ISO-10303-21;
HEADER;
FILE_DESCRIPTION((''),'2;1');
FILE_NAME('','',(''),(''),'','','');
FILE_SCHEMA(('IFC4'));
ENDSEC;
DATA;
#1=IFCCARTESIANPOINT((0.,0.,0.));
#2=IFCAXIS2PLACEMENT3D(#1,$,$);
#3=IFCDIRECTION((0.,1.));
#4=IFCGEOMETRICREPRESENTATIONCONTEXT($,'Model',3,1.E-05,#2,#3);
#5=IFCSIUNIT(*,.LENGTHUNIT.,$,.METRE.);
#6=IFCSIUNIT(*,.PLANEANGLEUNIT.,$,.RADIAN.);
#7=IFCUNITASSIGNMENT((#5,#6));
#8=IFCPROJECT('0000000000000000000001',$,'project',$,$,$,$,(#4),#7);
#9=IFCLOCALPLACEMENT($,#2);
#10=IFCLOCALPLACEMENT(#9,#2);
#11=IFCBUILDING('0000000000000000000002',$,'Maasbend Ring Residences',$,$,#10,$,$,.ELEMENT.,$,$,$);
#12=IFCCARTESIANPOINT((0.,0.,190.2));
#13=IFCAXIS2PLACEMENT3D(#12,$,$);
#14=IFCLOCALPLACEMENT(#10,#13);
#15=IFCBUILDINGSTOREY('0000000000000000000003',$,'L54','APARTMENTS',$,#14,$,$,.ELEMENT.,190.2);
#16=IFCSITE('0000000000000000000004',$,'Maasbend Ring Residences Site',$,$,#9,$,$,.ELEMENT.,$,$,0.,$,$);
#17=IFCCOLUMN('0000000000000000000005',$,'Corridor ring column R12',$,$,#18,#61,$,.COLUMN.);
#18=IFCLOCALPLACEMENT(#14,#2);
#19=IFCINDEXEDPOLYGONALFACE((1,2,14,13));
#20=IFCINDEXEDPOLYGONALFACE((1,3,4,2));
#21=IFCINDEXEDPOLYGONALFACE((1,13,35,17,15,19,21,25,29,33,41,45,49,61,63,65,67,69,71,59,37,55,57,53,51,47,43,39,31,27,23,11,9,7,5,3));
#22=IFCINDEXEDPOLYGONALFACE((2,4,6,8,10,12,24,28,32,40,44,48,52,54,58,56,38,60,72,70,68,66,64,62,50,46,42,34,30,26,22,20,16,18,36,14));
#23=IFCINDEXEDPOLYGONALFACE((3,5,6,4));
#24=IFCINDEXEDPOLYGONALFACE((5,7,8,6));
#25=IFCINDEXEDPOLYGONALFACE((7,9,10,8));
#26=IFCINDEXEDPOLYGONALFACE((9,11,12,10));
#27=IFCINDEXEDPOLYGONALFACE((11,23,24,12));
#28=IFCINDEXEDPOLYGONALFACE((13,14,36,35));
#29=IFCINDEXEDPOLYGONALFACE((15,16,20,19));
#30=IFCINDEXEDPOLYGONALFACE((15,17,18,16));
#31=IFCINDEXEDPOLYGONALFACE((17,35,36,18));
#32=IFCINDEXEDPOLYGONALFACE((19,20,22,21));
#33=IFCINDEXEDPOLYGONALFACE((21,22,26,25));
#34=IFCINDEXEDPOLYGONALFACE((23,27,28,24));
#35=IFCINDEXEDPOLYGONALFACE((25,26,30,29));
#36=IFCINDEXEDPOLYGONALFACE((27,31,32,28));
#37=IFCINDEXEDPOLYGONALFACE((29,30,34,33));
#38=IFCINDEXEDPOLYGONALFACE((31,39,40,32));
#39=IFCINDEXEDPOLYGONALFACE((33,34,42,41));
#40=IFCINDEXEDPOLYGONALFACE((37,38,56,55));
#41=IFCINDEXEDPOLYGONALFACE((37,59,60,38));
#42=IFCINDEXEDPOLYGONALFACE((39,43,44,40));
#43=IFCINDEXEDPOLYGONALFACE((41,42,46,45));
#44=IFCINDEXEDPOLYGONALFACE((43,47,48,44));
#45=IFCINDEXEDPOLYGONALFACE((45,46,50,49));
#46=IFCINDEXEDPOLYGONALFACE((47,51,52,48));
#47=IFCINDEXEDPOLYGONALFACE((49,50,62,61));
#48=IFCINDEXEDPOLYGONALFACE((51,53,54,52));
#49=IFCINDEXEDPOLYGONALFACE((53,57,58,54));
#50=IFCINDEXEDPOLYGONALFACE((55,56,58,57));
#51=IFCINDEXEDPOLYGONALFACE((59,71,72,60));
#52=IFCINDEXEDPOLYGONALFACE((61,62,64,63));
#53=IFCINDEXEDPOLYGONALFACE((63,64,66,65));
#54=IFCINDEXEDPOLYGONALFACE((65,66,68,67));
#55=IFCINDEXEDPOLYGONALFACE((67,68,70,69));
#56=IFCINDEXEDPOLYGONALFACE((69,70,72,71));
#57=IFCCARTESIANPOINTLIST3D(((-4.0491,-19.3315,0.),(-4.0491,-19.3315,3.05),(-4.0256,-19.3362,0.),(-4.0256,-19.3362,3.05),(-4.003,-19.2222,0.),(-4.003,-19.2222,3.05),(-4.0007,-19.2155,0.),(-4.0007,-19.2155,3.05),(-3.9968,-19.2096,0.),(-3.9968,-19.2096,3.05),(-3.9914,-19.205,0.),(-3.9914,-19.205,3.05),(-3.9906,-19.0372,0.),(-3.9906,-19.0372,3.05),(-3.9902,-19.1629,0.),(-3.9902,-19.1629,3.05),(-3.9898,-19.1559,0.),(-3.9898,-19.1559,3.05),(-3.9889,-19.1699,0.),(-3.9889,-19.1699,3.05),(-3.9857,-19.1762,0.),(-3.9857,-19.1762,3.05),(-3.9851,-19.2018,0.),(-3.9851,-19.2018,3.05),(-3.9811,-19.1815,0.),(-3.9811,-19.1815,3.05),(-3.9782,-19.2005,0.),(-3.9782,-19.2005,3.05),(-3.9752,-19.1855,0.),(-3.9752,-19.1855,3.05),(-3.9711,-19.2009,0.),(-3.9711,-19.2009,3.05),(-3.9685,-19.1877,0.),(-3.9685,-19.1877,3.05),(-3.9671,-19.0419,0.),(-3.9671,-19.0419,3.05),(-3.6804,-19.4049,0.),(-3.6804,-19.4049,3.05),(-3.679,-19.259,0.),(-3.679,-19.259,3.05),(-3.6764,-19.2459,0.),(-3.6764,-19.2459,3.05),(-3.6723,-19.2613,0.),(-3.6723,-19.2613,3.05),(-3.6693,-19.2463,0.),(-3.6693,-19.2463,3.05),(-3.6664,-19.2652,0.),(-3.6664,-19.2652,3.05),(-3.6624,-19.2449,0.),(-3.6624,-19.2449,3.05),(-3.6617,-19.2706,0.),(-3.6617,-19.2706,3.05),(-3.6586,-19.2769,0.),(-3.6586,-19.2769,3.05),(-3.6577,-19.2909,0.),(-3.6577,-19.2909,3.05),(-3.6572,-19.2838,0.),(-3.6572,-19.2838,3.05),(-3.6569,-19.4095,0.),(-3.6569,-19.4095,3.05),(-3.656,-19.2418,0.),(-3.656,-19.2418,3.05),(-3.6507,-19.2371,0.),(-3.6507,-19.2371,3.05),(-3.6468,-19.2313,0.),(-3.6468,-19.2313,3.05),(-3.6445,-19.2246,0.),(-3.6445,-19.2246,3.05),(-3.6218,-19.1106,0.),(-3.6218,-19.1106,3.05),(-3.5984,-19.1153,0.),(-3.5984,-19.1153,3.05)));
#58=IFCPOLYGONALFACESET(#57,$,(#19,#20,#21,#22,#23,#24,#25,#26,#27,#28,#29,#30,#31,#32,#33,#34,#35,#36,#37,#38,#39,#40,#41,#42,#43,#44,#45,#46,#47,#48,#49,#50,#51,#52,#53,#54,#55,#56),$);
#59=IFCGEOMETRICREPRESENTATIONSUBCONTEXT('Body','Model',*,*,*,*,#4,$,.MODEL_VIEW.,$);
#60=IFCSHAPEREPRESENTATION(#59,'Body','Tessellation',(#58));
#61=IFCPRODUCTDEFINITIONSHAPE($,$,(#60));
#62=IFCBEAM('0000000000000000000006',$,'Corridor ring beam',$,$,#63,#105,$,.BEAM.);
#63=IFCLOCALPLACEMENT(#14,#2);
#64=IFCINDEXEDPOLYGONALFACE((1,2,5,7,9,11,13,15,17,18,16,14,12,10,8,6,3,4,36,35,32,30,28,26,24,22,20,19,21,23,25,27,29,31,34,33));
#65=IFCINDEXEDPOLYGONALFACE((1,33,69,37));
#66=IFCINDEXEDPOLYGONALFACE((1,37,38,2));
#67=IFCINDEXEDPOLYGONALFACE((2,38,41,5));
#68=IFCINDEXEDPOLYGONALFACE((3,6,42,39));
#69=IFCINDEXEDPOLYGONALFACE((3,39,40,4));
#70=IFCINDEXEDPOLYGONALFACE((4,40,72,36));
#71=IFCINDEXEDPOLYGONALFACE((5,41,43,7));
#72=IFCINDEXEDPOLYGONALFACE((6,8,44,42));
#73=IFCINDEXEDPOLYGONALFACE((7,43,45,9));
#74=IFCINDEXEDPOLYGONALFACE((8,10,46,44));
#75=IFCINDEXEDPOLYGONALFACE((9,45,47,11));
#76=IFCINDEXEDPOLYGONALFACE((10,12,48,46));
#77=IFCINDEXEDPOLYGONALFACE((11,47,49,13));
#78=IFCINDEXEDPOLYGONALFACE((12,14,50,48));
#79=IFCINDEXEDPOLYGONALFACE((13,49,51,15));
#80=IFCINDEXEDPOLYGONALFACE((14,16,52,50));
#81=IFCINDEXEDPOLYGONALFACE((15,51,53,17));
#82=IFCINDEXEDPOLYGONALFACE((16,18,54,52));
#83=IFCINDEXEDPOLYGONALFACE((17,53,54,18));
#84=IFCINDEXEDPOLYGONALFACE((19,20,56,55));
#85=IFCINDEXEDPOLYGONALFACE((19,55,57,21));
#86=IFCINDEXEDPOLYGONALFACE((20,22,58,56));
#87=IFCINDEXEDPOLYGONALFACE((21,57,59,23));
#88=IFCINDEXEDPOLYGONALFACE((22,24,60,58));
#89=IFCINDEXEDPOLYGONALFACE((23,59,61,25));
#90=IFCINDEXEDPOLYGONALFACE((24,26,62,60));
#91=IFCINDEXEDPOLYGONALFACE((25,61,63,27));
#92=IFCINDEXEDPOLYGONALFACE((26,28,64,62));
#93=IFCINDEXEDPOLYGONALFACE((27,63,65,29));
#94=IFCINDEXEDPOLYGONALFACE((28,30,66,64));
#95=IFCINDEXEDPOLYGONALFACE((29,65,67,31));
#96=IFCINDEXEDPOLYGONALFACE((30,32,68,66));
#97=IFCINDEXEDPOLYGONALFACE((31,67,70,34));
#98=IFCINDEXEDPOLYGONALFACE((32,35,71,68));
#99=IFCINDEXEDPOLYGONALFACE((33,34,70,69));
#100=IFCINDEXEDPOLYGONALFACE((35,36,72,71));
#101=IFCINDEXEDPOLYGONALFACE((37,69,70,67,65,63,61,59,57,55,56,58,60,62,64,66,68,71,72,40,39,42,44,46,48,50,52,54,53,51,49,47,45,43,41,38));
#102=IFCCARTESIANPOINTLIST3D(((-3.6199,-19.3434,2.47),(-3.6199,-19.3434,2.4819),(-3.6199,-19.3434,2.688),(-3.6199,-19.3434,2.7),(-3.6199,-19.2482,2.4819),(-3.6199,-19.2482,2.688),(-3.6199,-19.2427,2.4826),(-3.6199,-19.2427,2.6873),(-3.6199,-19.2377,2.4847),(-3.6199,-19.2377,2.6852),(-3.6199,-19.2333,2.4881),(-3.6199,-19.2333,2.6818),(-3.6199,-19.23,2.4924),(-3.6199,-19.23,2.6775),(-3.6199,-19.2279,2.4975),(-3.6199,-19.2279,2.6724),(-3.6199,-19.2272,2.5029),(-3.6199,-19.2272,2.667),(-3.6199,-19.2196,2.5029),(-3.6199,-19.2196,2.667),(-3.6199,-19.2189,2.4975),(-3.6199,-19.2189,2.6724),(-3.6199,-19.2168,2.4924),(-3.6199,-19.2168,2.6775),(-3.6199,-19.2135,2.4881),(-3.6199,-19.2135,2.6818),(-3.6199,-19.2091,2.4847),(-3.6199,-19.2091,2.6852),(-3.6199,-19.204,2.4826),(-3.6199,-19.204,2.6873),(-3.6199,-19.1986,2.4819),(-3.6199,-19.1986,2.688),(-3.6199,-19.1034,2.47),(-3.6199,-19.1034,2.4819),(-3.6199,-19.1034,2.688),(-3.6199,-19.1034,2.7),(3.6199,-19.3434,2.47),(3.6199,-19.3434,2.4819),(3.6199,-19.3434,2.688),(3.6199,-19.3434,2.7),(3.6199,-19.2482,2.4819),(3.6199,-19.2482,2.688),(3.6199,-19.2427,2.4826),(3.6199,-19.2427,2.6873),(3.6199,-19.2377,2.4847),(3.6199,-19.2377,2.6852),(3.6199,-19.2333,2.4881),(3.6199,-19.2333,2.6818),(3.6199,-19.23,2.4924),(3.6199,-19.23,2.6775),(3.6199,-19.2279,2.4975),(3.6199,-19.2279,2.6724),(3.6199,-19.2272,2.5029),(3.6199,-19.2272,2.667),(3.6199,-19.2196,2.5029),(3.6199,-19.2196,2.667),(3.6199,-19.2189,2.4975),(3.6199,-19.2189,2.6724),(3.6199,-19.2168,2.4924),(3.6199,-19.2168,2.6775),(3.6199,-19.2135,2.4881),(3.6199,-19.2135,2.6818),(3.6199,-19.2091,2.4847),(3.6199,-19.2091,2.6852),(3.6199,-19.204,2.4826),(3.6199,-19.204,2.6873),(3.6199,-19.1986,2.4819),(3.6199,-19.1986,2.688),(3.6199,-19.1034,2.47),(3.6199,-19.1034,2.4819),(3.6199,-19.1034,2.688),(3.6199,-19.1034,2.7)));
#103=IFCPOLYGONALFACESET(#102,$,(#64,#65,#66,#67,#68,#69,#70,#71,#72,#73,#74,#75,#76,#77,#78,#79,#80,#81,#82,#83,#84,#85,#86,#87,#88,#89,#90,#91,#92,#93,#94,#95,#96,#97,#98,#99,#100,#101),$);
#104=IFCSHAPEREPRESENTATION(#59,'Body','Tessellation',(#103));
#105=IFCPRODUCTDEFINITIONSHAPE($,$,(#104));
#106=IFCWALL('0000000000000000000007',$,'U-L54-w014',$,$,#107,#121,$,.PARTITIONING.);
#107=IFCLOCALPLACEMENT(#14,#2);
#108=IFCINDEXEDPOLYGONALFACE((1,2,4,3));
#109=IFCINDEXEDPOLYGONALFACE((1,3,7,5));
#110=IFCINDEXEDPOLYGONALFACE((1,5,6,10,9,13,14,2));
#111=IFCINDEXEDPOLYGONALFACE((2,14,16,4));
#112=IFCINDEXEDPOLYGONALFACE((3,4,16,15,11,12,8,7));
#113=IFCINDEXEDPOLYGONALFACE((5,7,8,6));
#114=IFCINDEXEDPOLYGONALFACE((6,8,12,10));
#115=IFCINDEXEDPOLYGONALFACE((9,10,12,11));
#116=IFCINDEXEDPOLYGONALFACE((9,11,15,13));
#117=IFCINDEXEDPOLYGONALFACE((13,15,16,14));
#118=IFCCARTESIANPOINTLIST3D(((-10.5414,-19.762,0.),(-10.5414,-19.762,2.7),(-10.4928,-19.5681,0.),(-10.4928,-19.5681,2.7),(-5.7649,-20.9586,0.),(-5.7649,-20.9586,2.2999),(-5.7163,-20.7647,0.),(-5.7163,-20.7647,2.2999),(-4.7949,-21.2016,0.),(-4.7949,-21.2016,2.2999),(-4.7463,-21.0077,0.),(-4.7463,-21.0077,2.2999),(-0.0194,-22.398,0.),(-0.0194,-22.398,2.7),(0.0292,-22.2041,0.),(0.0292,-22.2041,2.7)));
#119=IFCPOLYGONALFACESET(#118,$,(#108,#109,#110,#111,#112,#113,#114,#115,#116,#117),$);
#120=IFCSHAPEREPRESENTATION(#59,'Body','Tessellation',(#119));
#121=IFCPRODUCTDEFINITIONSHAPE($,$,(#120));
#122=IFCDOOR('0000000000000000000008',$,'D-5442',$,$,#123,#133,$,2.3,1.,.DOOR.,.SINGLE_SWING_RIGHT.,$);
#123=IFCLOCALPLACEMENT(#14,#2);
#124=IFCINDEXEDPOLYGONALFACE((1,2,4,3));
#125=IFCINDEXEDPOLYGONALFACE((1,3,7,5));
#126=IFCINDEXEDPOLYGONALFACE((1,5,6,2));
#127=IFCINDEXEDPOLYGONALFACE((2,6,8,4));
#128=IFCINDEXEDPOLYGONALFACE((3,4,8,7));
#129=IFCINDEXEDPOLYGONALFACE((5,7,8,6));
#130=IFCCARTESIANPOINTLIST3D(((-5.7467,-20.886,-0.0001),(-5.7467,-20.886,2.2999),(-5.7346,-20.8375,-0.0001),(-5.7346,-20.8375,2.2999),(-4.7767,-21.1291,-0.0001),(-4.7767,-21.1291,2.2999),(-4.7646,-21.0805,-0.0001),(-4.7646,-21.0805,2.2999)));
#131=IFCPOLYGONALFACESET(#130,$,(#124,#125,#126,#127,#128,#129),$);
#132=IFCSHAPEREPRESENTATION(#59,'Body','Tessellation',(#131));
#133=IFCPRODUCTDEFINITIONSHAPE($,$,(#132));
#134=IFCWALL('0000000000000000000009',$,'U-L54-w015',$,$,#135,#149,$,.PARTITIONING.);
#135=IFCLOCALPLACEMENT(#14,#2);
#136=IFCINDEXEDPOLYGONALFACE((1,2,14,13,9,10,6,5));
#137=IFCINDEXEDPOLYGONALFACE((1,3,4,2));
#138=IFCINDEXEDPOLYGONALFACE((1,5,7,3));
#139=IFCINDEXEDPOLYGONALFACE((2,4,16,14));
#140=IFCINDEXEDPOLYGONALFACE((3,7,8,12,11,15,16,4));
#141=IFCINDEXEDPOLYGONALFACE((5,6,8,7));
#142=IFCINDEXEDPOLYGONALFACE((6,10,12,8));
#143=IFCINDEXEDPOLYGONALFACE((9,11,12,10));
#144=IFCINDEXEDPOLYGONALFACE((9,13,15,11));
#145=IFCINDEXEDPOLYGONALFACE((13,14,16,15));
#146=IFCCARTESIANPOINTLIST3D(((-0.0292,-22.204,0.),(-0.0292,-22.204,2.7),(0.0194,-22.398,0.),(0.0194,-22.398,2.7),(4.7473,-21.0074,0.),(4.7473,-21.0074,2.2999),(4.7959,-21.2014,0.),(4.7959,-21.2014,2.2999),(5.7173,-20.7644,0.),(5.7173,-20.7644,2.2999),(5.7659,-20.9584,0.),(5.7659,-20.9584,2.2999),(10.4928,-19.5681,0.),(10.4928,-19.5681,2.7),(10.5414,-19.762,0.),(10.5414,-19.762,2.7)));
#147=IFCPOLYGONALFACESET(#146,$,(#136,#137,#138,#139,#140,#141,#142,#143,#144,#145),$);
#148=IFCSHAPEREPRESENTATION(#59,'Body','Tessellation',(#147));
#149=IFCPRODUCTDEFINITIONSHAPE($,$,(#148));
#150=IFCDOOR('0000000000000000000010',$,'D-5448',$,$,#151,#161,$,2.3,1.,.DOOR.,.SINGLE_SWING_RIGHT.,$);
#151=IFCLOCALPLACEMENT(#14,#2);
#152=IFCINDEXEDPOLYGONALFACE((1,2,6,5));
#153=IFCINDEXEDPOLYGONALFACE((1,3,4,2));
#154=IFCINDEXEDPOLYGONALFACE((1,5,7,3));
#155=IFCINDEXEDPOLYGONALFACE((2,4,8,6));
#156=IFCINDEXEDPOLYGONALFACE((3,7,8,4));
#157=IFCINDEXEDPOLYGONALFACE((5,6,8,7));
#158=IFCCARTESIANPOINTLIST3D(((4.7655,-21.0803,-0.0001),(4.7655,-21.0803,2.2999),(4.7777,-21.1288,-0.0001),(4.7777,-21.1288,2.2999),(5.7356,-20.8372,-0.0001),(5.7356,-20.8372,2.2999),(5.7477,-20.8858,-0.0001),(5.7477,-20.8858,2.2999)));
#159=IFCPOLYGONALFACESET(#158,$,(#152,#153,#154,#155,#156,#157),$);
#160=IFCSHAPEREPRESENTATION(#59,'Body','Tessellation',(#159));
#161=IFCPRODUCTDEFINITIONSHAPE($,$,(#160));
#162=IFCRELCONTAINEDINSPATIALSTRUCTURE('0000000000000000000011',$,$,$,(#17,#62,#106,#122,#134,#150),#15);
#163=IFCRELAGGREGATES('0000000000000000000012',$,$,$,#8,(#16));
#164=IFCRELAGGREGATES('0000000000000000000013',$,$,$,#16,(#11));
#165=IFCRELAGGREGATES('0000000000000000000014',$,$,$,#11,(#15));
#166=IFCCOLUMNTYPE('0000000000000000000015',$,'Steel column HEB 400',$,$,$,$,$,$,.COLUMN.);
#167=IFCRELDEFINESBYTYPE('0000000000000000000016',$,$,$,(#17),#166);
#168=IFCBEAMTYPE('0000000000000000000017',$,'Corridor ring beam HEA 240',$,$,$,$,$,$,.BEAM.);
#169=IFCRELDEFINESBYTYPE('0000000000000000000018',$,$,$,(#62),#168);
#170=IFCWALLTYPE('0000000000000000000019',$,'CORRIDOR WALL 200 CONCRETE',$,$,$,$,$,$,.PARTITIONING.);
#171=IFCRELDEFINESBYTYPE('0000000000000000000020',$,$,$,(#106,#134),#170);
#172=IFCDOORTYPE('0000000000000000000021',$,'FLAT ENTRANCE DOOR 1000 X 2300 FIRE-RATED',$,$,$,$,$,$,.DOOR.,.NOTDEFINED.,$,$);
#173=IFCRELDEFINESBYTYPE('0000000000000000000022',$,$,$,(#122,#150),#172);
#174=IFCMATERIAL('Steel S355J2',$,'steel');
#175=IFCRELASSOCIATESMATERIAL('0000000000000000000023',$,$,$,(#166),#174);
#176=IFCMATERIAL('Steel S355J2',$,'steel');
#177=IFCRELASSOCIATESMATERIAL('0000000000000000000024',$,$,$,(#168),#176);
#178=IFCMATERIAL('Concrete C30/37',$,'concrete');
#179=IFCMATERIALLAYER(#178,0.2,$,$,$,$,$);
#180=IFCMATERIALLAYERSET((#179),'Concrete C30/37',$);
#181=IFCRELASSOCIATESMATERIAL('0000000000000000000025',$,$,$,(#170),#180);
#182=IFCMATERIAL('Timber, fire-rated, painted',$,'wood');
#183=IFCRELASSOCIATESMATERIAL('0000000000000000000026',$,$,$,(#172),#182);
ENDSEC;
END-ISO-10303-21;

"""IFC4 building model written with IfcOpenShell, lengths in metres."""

from ifc_helpers import new_model, si_unit, direction, frame, frame_2d, origin, origin_2d, place, context, subcontext, project, spatial, rectangle, i_section, extrude, material, layer, layer_set, material_profile, profile_set, type_object, element, fill, save


model = new_model("IFC4")

# Units and contexts
model_context = context("Model", 3, precision=1e-05, world=origin(), true_north=direction((0.0, 1.0)))
body_context = subcontext(model_context, "Body", "Model", "MODEL_VIEW")
ifc_project = project(units=[si_unit("LENGTHUNIT", "METRE"), si_unit("PLANEANGLEUNIT", "RADIAN")], contexts=[model_context])

# Site, building, storey
site_placement = place(None, origin())
site = spatial("IfcSite", under=ifc_project, at=site_placement, Name="Maasbend Ring Residences Site", CompositionType="ELEMENT", RefElevation=0.0)
building_placement = place(site_placement, origin())
building = spatial("IfcBuilding", under=site, at=building_placement, Name="Maasbend Ring Residences", CompositionType="ELEMENT")
storey_placement = place(building_placement, frame((0.0, 0.0, 190.2)))
storey = spatial("IfcBuildingStorey", under=building, at=storey_placement, Name="L54", Description="APARTMENTS", CompositionType="ELEMENT", Elevation=190.2)

# Column
ifc_material_1 = material(Name="Steel S355J2", Category="steel")
ifc_material_profile_1 = material_profile(ifc_material_1, i_section(OverallWidth=0.3, OverallDepth=0.3999, WebThickness=0.0134, FlangeThickness=0.0239, FilletRadius=0.0271, at=origin_2d()), Name="HEB 400")
ifc_profile_set_1 = profile_set([ifc_material_profile_1], Name="Steel S355J2")
column_type = type_object("IfcColumnType", Name="Steel column HEB 400", PredefinedType="COLUMN", material=ifc_profile_set_1)
column_placement = place(storey_placement, frame((-3.8237, -19.2234, 0.0), z_axis=(0.0, 0.0, 1.0), x_axis=(-0.19509, -0.980785, 0.0)))
element("IfcColumn", 1, at=column_placement, inside=storey, type_object=column_type, Name="Corridor ring column R12", PredefinedType="COLUMN", context=body_context, shape_type="SweptSolid", body=[
    extrude(i_section(OverallWidth=0.3, OverallDepth=0.3999, WebThickness=0.0134, FlangeThickness=0.0239, FilletRadius=0.0271, at=origin_2d()), origin(), (0.0, 0.0, 1.0), 3.05),
])

# Beam
ifc_material_2 = material(Name="Steel S355J2", Category="steel")
ifc_material_profile_2 = material_profile(ifc_material_2, i_section(OverallWidth=0.24, OverallDepth=0.23, WebThickness=0.0076, FlangeThickness=0.012, FilletRadius=0.021, at=origin_2d()), Name="HEA 240")
ifc_profile_set_2 = profile_set([ifc_material_profile_2], Name="Steel S355J2")
beam_type = type_object("IfcBeamType", Name="Corridor ring beam HEA 240", PredefinedType="BEAM", material=ifc_profile_set_2)
beam_placement = place(storey_placement, frame((-3.6199, -19.2234, 2.585), z_axis=(1.0, 0.0, 0.0), x_axis=(0.0, 1.0, 0.0)))
element("IfcBeam", 2, at=beam_placement, inside=storey, type_object=beam_type, Name="Corridor ring beam", PredefinedType="BEAM", context=body_context, shape_type="SweptSolid", body=[
    extrude(i_section(OverallWidth=0.24, OverallDepth=0.23, WebThickness=0.0076, FlangeThickness=0.012, FilletRadius=0.021, at=origin_2d()), origin(), (0.0, 0.0, 1.0), 7.2397),
])

# Walls, openings, doors
ifc_material_3 = material(Name="Concrete C30/37", Category="concrete")
ifc_layer_1 = layer(ifc_material_3, 0.2)
ifc_layer_set_1 = layer_set([ifc_layer_1], Name="Concrete C30/37")
wall_type_1 = type_object("IfcWallType", Name="CORRIDOR WALL 200 CONCRETE", PredefinedType="PARTITIONING", material=ifc_layer_set_1)
wall_1_placement = place(storey_placement, frame((-10.5171, -19.665, 0.0), z_axis=(0.0, 0.0, 1.0), x_axis=(0.970023, -0.243012, 0.0)))
wall_1 = element("IfcWall", 3, at=wall_1_placement, inside=storey, type_object=wall_type_1, Name="U-L54-w014", PredefinedType="PARTITIONING", context=body_context, shape_type="SweptSolid", body=[
    extrude(rectangle(XDim=10.8472, YDim=0.2, at=frame_2d((5.4236, 0.0))), origin(), (0.0, 0.0, 1.0), 2.7),
])
opening_1_placement = place(wall_1_placement, frame((4.9241, 0.0, 0.0)))
opening_1 = element("IfcOpeningElement", 4, at=opening_1_placement, cuts=wall_1, PredefinedType="OPENING", context=body_context, shape_type="SweptSolid", body=[
    extrude(rectangle(XDim=1.0, YDim=2.3, at=frame_2d((0.5, 1.1499))), frame((0.0, 0.1099, 0.0), z_axis=(0.0, -1.0, 0.0), x_axis=(1.0, 0.0, 0.0)), (0.0, 0.0, 1.0), 0.22),
])
ifc_material_4 = material(Name="Timber, fire-rated, painted", Category="wood")
door_type_1 = type_object("IfcDoorType", Name="FLAT ENTRANCE DOOR 1000 X 2300 FIRE-RATED", OperationType="NOTDEFINED", PredefinedType="DOOR", material=ifc_material_4)
door_1_placement = place(opening_1_placement, origin())
door_1 = element("IfcDoor", 5, at=door_1_placement, inside=storey, type_object=door_type_1, Name="D-5442", OperationType="SINGLE_SWING_RIGHT", OverallHeight=2.3, OverallWidth=1.0, PredefinedType="DOOR", context=body_context, shape_type="SweptSolid", body=[
    extrude(rectangle(XDim=1.0, YDim=2.3, at=frame_2d((0.5, 1.1499))), frame((0.0, 0.0249, 0.0), z_axis=(0.0, -1.0, 0.0), x_axis=(1.0, 0.0, 0.0)), (0.0, 0.0, 1.0), 0.05),
])
fill(opening_1, door_1)
wall_2_placement = place(storey_placement, frame((-0.0049, -22.301, 0.0), z_axis=(0.0, 0.0, 1.0), x_axis=(0.970023, 0.243012, 0.0)))
wall_2 = element("IfcWall", 6, at=wall_2_placement, inside=storey, type_object=wall_type_1, Name="U-L54-w015", PredefinedType="PARTITIONING", context=body_context, shape_type="SweptSolid", body=[
    extrude(rectangle(XDim=10.8472, YDim=0.2, at=frame_2d((5.4236, 0.0))), origin(), (0.0, 0.0, 1.0), 2.7),
])
opening_2_placement = place(wall_2_placement, frame((4.9241, 0.0, 0.0)))
opening_2 = element("IfcOpeningElement", 7, at=opening_2_placement, cuts=wall_2, PredefinedType="OPENING", context=body_context, shape_type="SweptSolid", body=[
    extrude(rectangle(XDim=1.0, YDim=2.3, at=frame_2d((0.5, 1.1499))), frame((0.0, 0.1099, 0.0), z_axis=(0.0, -1.0, 0.0), x_axis=(1.0, 0.0, 0.0)), (0.0, 0.0, 1.0), 0.22),
])
door_2_placement = place(opening_2_placement, origin())
door_2 = element("IfcDoor", 8, at=door_2_placement, inside=storey, type_object=door_type_1, Name="D-5448", OperationType="SINGLE_SWING_RIGHT", OverallHeight=2.3, OverallWidth=1.0, PredefinedType="DOOR", context=body_context, shape_type="SweptSolid", body=[
    extrude(rectangle(XDim=1.0, YDim=2.3, at=frame_2d((0.5, 1.1499))), frame((0.0, 0.0249, 0.0), z_axis=(0.0, -1.0, 0.0), x_axis=(1.0, 0.0, 0.0)), (0.0, 0.0, 1.0), 0.05),
])
fill(opening_2, door_2)

save(model, "model.ifc")
